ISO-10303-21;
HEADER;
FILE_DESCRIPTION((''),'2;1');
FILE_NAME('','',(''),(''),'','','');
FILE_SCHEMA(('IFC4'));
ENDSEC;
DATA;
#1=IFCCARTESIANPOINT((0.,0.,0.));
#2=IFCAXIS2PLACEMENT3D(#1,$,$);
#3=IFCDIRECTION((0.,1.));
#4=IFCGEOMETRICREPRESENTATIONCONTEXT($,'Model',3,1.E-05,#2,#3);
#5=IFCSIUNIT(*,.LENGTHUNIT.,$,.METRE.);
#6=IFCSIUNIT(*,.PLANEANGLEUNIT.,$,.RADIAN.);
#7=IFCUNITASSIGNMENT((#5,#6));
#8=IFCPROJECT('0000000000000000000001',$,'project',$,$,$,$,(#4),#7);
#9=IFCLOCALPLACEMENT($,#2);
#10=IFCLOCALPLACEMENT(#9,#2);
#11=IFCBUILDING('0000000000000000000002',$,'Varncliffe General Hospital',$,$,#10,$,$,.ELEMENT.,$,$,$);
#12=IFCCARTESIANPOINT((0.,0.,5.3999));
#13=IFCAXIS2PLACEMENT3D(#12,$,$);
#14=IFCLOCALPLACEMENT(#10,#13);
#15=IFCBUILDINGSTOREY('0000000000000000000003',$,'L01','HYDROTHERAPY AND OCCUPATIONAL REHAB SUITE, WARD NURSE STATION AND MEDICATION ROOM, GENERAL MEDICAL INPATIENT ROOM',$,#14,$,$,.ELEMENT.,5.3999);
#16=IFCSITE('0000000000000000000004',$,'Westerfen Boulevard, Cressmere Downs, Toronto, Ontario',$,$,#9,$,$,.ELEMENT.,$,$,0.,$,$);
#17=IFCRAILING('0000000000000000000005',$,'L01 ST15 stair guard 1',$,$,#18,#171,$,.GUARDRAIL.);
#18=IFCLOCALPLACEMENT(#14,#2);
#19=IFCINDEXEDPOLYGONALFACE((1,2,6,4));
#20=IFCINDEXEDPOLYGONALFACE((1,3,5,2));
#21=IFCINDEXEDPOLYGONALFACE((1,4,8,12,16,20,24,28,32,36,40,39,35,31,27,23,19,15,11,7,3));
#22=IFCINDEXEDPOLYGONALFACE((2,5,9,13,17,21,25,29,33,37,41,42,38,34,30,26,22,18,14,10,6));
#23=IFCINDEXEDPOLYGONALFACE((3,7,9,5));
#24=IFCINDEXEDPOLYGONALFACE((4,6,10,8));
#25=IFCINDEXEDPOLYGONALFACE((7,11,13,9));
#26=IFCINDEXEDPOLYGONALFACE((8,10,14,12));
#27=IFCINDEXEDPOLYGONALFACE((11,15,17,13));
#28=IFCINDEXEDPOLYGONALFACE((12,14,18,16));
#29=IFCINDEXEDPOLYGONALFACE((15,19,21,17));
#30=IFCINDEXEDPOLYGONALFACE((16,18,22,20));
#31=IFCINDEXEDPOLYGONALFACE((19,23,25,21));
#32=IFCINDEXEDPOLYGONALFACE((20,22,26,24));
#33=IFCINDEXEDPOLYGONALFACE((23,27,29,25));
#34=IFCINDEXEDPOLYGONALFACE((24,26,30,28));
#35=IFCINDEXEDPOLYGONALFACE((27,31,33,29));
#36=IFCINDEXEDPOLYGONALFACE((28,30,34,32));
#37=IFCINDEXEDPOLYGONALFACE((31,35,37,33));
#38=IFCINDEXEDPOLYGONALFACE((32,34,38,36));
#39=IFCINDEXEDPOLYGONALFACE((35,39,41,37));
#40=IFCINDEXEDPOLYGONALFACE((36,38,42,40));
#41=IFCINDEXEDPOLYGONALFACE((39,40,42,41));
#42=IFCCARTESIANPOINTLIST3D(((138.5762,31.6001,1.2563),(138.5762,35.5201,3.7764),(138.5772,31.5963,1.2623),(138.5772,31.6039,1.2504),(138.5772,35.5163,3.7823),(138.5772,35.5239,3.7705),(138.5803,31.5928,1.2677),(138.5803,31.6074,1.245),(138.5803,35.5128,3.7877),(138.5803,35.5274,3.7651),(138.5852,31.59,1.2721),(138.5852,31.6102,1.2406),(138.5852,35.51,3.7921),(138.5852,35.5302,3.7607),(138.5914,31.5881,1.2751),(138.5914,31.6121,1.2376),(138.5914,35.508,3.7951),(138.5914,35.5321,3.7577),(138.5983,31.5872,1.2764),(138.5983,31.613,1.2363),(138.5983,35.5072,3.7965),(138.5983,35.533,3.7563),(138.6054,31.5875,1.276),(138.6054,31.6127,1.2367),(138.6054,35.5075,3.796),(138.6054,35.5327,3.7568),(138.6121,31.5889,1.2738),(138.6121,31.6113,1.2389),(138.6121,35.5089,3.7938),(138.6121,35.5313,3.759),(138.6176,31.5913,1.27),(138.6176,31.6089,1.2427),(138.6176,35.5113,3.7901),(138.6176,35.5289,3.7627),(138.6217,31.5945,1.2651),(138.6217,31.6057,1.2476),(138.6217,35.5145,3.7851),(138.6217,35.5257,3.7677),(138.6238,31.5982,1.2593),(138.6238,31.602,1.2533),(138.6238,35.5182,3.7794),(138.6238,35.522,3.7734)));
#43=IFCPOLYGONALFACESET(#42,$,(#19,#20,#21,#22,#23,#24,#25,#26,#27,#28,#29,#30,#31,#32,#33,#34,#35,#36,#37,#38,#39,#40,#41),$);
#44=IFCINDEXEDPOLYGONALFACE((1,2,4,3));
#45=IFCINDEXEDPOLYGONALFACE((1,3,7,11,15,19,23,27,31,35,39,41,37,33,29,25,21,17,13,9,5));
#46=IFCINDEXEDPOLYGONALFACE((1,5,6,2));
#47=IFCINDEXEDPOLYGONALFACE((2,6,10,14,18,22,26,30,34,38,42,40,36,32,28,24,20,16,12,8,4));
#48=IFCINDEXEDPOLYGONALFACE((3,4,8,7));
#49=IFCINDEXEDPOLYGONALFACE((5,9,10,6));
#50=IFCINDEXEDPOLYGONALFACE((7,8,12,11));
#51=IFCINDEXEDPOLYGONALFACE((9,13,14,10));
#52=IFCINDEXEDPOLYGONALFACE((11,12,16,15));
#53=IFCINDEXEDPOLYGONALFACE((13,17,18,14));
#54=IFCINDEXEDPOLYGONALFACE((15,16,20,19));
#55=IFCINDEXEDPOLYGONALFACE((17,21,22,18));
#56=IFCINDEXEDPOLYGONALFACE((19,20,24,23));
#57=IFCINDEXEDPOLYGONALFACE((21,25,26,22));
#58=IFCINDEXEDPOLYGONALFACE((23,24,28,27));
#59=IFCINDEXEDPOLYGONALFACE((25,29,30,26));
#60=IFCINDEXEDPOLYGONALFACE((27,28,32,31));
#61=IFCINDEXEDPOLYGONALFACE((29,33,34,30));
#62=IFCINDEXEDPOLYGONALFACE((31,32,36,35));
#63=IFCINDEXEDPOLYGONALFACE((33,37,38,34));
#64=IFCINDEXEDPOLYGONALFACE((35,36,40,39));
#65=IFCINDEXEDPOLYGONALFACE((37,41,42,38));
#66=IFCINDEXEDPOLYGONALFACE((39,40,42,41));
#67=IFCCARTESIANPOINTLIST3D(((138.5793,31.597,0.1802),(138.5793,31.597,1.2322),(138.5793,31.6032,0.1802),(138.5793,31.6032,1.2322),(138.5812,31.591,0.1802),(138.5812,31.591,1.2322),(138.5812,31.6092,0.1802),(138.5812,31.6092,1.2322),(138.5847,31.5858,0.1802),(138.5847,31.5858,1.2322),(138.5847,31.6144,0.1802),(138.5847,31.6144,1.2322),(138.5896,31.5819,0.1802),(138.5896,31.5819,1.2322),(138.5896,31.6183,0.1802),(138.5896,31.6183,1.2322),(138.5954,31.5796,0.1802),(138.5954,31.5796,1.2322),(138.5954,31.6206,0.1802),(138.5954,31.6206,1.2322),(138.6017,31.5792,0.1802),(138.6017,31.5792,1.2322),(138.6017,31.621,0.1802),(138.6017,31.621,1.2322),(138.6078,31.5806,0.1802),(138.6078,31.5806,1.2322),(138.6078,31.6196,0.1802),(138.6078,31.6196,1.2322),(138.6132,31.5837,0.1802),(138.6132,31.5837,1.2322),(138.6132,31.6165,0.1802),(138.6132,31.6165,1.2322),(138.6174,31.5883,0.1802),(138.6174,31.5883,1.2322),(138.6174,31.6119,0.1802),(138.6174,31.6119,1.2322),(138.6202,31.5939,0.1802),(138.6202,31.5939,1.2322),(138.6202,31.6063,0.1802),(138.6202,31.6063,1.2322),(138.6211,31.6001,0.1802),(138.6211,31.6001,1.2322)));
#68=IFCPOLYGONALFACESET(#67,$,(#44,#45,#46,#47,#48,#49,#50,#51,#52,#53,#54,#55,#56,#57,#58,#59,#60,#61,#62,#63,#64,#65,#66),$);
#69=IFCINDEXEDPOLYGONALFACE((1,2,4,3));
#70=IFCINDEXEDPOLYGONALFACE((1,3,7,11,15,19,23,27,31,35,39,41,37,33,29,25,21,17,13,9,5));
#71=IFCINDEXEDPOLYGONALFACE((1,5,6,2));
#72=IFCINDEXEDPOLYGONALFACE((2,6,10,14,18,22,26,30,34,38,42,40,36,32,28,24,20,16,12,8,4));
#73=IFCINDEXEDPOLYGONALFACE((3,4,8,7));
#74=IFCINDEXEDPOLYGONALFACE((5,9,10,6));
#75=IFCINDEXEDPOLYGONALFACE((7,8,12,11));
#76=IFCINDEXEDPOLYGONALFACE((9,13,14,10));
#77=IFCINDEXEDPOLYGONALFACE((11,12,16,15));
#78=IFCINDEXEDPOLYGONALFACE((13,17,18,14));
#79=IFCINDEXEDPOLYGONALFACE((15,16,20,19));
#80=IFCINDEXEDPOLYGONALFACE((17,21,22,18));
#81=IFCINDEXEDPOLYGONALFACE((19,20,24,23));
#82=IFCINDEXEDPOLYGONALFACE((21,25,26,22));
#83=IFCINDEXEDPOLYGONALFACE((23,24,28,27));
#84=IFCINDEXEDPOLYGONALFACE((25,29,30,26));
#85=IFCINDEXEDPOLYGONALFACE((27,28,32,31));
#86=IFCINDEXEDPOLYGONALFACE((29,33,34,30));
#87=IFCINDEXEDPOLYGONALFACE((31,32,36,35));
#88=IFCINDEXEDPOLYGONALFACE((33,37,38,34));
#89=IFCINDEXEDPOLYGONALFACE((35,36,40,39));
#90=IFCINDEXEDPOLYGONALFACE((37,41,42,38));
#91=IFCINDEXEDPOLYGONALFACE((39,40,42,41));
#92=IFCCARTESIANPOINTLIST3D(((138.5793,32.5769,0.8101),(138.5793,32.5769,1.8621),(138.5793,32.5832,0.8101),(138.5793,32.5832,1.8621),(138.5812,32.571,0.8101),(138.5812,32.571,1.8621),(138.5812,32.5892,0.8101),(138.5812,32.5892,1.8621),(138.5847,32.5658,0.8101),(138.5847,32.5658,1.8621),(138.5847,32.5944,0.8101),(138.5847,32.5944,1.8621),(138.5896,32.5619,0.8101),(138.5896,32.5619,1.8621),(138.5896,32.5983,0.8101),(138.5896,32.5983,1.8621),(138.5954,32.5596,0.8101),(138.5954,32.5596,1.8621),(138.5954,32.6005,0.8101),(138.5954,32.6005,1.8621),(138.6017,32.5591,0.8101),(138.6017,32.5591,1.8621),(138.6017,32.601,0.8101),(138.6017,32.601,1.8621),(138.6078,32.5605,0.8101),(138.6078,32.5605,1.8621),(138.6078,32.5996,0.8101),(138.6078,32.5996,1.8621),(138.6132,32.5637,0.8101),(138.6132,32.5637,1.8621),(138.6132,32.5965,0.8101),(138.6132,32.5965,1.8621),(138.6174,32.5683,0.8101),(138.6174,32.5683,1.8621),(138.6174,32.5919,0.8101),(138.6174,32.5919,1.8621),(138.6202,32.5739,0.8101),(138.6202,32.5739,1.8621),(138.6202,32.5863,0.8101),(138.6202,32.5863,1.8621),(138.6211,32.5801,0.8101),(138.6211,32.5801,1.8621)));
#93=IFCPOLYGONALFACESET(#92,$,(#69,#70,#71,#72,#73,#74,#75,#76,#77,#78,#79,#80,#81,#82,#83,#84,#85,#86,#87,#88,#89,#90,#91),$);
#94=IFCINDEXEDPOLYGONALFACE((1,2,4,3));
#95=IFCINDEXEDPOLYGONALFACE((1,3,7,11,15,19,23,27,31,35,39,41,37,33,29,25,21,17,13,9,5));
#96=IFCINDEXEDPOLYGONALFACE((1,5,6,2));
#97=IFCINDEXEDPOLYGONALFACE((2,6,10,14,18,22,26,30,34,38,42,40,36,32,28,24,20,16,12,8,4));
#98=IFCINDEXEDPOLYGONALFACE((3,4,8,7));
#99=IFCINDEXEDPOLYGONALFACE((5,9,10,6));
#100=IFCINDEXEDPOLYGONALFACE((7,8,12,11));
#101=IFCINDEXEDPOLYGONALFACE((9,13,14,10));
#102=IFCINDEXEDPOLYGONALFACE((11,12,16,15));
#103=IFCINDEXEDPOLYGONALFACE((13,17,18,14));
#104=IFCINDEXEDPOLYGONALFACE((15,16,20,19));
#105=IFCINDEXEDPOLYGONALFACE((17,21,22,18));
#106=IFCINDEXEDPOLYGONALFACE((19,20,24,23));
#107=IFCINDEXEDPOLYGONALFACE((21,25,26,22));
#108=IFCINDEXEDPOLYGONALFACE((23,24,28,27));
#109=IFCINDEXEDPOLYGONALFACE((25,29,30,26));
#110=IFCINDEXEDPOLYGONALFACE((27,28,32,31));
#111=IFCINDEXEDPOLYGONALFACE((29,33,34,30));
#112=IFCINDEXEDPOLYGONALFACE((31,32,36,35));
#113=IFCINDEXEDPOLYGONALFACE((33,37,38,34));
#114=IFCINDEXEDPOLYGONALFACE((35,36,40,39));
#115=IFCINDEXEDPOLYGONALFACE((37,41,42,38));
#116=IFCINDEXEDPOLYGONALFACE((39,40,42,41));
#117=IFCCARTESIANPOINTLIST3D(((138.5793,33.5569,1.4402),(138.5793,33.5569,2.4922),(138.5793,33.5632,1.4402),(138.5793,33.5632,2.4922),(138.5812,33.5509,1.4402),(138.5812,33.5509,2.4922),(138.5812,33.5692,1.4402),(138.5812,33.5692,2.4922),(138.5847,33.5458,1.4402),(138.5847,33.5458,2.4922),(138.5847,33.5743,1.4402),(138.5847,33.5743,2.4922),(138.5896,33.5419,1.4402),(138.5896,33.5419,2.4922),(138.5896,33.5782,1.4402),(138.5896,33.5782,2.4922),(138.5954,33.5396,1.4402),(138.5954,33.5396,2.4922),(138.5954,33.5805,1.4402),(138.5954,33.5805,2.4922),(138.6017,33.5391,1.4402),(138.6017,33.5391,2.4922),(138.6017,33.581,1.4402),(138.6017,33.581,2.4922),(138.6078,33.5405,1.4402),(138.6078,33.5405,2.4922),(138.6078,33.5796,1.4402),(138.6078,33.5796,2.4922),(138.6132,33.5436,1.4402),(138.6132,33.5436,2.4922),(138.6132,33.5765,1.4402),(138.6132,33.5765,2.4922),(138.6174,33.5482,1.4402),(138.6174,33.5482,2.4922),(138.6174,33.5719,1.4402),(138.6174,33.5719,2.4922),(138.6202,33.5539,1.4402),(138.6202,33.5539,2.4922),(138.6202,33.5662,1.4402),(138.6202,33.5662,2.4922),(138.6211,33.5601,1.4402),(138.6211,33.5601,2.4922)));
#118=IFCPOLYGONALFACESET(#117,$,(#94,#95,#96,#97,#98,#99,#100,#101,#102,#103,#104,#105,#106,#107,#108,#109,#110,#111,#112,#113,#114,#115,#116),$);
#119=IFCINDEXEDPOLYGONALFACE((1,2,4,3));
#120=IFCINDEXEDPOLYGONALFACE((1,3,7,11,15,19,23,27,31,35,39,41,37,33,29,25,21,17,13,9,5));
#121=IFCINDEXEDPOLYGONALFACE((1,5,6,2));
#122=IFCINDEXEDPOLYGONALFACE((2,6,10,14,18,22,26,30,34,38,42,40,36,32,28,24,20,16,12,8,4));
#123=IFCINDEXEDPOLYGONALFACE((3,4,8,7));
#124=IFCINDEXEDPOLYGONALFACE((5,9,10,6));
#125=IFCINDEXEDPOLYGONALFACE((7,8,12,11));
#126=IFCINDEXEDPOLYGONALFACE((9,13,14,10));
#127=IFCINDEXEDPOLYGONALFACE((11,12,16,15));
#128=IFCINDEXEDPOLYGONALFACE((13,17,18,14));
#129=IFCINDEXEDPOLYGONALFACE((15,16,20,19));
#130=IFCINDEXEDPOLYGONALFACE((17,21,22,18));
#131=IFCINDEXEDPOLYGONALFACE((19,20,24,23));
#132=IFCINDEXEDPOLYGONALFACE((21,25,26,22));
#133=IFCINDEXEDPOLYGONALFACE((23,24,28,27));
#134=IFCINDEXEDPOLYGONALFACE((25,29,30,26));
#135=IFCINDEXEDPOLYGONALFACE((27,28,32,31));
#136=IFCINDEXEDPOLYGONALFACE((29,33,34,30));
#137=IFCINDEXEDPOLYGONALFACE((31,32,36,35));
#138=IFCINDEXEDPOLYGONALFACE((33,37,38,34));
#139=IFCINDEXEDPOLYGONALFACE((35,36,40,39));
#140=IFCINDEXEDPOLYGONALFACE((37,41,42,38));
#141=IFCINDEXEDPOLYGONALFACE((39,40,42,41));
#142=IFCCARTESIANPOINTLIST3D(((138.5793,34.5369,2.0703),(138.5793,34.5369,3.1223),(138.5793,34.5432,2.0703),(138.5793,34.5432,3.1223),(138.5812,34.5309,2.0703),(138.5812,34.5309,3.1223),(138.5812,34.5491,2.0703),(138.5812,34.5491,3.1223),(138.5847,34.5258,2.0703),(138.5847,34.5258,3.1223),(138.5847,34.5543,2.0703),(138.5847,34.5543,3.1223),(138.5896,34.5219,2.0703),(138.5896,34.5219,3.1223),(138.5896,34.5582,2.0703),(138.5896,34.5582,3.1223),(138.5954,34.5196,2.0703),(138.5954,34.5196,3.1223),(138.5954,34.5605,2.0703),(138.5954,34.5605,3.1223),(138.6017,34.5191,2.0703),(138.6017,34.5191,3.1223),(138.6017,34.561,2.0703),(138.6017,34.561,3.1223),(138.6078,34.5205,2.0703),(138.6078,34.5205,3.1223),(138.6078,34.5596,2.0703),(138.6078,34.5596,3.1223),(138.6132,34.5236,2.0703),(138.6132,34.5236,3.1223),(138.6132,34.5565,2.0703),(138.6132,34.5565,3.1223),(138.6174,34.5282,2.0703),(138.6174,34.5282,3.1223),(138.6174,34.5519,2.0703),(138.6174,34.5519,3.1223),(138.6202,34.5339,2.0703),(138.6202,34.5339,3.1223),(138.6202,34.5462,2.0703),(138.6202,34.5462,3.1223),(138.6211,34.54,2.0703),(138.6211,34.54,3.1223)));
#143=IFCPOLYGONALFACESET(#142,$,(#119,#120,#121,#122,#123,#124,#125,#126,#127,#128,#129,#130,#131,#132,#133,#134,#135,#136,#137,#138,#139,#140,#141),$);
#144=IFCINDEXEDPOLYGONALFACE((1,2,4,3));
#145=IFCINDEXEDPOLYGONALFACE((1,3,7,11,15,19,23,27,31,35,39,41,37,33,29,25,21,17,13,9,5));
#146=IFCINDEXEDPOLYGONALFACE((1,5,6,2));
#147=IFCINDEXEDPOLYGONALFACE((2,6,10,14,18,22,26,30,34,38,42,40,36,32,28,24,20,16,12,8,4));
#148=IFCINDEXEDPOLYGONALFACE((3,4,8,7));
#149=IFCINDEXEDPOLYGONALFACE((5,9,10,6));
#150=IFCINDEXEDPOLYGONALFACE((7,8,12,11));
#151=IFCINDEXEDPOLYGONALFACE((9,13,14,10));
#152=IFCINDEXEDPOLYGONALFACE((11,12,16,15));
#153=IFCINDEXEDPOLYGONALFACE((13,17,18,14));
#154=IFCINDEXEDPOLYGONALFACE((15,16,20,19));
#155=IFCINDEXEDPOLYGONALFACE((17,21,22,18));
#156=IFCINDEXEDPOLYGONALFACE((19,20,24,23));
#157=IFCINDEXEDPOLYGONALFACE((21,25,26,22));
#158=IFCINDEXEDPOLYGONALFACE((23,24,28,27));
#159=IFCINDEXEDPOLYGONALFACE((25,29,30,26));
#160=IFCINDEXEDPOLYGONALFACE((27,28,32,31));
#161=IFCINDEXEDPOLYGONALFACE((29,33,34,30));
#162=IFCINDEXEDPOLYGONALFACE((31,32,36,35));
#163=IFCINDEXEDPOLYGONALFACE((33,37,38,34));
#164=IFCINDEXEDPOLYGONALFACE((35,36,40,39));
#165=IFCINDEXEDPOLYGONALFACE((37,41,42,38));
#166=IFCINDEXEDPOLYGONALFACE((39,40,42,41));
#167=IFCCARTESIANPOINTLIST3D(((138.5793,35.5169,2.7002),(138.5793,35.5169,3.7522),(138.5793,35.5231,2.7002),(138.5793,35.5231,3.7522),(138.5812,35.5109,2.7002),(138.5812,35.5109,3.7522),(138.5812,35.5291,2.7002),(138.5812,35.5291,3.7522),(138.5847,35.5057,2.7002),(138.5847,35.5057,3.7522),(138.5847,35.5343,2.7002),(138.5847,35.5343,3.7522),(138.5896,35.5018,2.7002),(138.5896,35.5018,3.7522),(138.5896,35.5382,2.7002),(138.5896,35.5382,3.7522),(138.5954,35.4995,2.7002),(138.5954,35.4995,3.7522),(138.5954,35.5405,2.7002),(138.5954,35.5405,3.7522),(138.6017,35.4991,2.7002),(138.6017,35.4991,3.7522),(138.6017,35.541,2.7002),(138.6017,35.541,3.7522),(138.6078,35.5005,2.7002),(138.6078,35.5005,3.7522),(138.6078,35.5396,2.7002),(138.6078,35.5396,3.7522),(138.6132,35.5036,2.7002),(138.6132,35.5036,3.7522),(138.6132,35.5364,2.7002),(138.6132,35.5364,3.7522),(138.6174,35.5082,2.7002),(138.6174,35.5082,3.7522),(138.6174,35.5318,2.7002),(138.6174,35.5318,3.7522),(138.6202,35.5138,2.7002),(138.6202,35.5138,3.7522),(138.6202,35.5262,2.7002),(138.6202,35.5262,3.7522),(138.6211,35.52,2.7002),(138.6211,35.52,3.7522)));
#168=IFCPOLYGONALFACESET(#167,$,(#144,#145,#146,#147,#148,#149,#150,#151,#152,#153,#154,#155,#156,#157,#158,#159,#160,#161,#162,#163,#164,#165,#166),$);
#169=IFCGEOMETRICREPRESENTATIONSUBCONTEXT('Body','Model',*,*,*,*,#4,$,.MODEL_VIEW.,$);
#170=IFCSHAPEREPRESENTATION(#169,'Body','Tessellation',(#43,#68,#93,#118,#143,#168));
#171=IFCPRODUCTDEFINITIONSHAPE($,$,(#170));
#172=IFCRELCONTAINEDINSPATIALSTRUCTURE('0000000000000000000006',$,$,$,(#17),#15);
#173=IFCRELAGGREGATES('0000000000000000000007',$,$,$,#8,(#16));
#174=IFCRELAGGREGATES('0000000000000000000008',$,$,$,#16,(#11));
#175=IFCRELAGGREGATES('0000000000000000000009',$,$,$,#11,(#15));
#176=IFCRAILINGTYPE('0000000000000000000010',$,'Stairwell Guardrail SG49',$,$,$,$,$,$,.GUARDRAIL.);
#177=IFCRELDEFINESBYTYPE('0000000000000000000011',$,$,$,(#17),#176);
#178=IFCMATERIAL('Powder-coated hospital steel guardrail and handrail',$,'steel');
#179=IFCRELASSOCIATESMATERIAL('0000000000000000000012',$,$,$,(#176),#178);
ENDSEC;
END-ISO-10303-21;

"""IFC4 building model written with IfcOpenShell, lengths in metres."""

from ifc_helpers import new_model, si_unit, direction, frame, origin, origin_2d, place, context, subcontext, project, spatial, circle, extrude, material, type_object, element, save


model = new_model("IFC4")

# Units and contexts
model_context = context("Model", 3, precision=1e-05, world=origin(), true_north=direction((0.0, 1.0)))
body_context = subcontext(model_context, "Body", "Model", "MODEL_VIEW")
ifc_project = project(units=[si_unit("LENGTHUNIT", "METRE"), si_unit("PLANEANGLEUNIT", "RADIAN")], contexts=[model_context])

# Site, building, storey
site_placement = place(None, origin())
site = spatial("IfcSite", under=ifc_project, at=site_placement, Name="Westerfen Boulevard, Cressmere Downs, Toronto, Ontario", CompositionType="ELEMENT", RefElevation=0.0)
building_placement = place(site_placement, origin())
building = spatial("IfcBuilding", under=site, at=building_placement, Name="Varncliffe General Hospital", CompositionType="ELEMENT")
storey_placement = place(building_placement, frame((0.0, 0.0, 5.3999)))
storey = spatial("IfcBuildingStorey", under=building, at=storey_placement, Name="L01", Description="HYDROTHERAPY AND OCCUPATIONAL REHAB SUITE, WARD NURSE STATION AND MEDICATION ROOM, GENERAL MEDICAL INPATIENT ROOM", CompositionType="ELEMENT", Elevation=5.3999)

# Railing
ifc_material_1 = material(Name="Powder-coated hospital steel guardrail and handrail", Category="steel")
railing_type_1 = type_object("IfcRailingType", Name="Stairwell Guardrail SG49", PredefinedType="GUARDRAIL", material=ifc_material_1)
railing_1_placement = place(storey_placement, frame((138.6001, 31.6001, 0.1802)))
element("IfcRailing", 1, at=railing_1_placement, inside=storey, type_object=railing_type_1, Name="L01 ST15 stair guard 1", PredefinedType="GUARDRAIL", context=body_context, shape_type="SweptSolid", body=[
    extrude(circle(Radius=0.0239, at=origin_2d()), frame((0.0, 0.0, 1.0762), z_axis=(0.0, 0.841172, 0.540768), x_axis=(-1.0, 0.0, 0.0)), (0.0, 0.0, 1.0), 4.6602),
    extrude(circle(Radius=0.021, at=origin_2d()), origin(), (0.0, 0.0, 1.0), 1.052),
    extrude(circle(Radius=0.021, at=origin_2d()), frame((0.0, 0.98, 0.6299)), (0.0, 0.0, 1.0), 1.052),
    extrude(circle(Radius=0.021, at=origin_2d()), frame((0.0, 1.96, 1.26)), (0.0, 0.0, 1.0), 1.052),
    extrude(circle(Radius=0.021, at=origin_2d()), frame((0.0, 2.9399, 1.8901)), (0.0, 0.0, 1.0), 1.052),
    extrude(circle(Radius=0.021, at=origin_2d()), frame((0.0, 3.9199, 2.52)), (0.0, 0.0, 1.0), 1.052),
])

save(model, "model.ifc")
